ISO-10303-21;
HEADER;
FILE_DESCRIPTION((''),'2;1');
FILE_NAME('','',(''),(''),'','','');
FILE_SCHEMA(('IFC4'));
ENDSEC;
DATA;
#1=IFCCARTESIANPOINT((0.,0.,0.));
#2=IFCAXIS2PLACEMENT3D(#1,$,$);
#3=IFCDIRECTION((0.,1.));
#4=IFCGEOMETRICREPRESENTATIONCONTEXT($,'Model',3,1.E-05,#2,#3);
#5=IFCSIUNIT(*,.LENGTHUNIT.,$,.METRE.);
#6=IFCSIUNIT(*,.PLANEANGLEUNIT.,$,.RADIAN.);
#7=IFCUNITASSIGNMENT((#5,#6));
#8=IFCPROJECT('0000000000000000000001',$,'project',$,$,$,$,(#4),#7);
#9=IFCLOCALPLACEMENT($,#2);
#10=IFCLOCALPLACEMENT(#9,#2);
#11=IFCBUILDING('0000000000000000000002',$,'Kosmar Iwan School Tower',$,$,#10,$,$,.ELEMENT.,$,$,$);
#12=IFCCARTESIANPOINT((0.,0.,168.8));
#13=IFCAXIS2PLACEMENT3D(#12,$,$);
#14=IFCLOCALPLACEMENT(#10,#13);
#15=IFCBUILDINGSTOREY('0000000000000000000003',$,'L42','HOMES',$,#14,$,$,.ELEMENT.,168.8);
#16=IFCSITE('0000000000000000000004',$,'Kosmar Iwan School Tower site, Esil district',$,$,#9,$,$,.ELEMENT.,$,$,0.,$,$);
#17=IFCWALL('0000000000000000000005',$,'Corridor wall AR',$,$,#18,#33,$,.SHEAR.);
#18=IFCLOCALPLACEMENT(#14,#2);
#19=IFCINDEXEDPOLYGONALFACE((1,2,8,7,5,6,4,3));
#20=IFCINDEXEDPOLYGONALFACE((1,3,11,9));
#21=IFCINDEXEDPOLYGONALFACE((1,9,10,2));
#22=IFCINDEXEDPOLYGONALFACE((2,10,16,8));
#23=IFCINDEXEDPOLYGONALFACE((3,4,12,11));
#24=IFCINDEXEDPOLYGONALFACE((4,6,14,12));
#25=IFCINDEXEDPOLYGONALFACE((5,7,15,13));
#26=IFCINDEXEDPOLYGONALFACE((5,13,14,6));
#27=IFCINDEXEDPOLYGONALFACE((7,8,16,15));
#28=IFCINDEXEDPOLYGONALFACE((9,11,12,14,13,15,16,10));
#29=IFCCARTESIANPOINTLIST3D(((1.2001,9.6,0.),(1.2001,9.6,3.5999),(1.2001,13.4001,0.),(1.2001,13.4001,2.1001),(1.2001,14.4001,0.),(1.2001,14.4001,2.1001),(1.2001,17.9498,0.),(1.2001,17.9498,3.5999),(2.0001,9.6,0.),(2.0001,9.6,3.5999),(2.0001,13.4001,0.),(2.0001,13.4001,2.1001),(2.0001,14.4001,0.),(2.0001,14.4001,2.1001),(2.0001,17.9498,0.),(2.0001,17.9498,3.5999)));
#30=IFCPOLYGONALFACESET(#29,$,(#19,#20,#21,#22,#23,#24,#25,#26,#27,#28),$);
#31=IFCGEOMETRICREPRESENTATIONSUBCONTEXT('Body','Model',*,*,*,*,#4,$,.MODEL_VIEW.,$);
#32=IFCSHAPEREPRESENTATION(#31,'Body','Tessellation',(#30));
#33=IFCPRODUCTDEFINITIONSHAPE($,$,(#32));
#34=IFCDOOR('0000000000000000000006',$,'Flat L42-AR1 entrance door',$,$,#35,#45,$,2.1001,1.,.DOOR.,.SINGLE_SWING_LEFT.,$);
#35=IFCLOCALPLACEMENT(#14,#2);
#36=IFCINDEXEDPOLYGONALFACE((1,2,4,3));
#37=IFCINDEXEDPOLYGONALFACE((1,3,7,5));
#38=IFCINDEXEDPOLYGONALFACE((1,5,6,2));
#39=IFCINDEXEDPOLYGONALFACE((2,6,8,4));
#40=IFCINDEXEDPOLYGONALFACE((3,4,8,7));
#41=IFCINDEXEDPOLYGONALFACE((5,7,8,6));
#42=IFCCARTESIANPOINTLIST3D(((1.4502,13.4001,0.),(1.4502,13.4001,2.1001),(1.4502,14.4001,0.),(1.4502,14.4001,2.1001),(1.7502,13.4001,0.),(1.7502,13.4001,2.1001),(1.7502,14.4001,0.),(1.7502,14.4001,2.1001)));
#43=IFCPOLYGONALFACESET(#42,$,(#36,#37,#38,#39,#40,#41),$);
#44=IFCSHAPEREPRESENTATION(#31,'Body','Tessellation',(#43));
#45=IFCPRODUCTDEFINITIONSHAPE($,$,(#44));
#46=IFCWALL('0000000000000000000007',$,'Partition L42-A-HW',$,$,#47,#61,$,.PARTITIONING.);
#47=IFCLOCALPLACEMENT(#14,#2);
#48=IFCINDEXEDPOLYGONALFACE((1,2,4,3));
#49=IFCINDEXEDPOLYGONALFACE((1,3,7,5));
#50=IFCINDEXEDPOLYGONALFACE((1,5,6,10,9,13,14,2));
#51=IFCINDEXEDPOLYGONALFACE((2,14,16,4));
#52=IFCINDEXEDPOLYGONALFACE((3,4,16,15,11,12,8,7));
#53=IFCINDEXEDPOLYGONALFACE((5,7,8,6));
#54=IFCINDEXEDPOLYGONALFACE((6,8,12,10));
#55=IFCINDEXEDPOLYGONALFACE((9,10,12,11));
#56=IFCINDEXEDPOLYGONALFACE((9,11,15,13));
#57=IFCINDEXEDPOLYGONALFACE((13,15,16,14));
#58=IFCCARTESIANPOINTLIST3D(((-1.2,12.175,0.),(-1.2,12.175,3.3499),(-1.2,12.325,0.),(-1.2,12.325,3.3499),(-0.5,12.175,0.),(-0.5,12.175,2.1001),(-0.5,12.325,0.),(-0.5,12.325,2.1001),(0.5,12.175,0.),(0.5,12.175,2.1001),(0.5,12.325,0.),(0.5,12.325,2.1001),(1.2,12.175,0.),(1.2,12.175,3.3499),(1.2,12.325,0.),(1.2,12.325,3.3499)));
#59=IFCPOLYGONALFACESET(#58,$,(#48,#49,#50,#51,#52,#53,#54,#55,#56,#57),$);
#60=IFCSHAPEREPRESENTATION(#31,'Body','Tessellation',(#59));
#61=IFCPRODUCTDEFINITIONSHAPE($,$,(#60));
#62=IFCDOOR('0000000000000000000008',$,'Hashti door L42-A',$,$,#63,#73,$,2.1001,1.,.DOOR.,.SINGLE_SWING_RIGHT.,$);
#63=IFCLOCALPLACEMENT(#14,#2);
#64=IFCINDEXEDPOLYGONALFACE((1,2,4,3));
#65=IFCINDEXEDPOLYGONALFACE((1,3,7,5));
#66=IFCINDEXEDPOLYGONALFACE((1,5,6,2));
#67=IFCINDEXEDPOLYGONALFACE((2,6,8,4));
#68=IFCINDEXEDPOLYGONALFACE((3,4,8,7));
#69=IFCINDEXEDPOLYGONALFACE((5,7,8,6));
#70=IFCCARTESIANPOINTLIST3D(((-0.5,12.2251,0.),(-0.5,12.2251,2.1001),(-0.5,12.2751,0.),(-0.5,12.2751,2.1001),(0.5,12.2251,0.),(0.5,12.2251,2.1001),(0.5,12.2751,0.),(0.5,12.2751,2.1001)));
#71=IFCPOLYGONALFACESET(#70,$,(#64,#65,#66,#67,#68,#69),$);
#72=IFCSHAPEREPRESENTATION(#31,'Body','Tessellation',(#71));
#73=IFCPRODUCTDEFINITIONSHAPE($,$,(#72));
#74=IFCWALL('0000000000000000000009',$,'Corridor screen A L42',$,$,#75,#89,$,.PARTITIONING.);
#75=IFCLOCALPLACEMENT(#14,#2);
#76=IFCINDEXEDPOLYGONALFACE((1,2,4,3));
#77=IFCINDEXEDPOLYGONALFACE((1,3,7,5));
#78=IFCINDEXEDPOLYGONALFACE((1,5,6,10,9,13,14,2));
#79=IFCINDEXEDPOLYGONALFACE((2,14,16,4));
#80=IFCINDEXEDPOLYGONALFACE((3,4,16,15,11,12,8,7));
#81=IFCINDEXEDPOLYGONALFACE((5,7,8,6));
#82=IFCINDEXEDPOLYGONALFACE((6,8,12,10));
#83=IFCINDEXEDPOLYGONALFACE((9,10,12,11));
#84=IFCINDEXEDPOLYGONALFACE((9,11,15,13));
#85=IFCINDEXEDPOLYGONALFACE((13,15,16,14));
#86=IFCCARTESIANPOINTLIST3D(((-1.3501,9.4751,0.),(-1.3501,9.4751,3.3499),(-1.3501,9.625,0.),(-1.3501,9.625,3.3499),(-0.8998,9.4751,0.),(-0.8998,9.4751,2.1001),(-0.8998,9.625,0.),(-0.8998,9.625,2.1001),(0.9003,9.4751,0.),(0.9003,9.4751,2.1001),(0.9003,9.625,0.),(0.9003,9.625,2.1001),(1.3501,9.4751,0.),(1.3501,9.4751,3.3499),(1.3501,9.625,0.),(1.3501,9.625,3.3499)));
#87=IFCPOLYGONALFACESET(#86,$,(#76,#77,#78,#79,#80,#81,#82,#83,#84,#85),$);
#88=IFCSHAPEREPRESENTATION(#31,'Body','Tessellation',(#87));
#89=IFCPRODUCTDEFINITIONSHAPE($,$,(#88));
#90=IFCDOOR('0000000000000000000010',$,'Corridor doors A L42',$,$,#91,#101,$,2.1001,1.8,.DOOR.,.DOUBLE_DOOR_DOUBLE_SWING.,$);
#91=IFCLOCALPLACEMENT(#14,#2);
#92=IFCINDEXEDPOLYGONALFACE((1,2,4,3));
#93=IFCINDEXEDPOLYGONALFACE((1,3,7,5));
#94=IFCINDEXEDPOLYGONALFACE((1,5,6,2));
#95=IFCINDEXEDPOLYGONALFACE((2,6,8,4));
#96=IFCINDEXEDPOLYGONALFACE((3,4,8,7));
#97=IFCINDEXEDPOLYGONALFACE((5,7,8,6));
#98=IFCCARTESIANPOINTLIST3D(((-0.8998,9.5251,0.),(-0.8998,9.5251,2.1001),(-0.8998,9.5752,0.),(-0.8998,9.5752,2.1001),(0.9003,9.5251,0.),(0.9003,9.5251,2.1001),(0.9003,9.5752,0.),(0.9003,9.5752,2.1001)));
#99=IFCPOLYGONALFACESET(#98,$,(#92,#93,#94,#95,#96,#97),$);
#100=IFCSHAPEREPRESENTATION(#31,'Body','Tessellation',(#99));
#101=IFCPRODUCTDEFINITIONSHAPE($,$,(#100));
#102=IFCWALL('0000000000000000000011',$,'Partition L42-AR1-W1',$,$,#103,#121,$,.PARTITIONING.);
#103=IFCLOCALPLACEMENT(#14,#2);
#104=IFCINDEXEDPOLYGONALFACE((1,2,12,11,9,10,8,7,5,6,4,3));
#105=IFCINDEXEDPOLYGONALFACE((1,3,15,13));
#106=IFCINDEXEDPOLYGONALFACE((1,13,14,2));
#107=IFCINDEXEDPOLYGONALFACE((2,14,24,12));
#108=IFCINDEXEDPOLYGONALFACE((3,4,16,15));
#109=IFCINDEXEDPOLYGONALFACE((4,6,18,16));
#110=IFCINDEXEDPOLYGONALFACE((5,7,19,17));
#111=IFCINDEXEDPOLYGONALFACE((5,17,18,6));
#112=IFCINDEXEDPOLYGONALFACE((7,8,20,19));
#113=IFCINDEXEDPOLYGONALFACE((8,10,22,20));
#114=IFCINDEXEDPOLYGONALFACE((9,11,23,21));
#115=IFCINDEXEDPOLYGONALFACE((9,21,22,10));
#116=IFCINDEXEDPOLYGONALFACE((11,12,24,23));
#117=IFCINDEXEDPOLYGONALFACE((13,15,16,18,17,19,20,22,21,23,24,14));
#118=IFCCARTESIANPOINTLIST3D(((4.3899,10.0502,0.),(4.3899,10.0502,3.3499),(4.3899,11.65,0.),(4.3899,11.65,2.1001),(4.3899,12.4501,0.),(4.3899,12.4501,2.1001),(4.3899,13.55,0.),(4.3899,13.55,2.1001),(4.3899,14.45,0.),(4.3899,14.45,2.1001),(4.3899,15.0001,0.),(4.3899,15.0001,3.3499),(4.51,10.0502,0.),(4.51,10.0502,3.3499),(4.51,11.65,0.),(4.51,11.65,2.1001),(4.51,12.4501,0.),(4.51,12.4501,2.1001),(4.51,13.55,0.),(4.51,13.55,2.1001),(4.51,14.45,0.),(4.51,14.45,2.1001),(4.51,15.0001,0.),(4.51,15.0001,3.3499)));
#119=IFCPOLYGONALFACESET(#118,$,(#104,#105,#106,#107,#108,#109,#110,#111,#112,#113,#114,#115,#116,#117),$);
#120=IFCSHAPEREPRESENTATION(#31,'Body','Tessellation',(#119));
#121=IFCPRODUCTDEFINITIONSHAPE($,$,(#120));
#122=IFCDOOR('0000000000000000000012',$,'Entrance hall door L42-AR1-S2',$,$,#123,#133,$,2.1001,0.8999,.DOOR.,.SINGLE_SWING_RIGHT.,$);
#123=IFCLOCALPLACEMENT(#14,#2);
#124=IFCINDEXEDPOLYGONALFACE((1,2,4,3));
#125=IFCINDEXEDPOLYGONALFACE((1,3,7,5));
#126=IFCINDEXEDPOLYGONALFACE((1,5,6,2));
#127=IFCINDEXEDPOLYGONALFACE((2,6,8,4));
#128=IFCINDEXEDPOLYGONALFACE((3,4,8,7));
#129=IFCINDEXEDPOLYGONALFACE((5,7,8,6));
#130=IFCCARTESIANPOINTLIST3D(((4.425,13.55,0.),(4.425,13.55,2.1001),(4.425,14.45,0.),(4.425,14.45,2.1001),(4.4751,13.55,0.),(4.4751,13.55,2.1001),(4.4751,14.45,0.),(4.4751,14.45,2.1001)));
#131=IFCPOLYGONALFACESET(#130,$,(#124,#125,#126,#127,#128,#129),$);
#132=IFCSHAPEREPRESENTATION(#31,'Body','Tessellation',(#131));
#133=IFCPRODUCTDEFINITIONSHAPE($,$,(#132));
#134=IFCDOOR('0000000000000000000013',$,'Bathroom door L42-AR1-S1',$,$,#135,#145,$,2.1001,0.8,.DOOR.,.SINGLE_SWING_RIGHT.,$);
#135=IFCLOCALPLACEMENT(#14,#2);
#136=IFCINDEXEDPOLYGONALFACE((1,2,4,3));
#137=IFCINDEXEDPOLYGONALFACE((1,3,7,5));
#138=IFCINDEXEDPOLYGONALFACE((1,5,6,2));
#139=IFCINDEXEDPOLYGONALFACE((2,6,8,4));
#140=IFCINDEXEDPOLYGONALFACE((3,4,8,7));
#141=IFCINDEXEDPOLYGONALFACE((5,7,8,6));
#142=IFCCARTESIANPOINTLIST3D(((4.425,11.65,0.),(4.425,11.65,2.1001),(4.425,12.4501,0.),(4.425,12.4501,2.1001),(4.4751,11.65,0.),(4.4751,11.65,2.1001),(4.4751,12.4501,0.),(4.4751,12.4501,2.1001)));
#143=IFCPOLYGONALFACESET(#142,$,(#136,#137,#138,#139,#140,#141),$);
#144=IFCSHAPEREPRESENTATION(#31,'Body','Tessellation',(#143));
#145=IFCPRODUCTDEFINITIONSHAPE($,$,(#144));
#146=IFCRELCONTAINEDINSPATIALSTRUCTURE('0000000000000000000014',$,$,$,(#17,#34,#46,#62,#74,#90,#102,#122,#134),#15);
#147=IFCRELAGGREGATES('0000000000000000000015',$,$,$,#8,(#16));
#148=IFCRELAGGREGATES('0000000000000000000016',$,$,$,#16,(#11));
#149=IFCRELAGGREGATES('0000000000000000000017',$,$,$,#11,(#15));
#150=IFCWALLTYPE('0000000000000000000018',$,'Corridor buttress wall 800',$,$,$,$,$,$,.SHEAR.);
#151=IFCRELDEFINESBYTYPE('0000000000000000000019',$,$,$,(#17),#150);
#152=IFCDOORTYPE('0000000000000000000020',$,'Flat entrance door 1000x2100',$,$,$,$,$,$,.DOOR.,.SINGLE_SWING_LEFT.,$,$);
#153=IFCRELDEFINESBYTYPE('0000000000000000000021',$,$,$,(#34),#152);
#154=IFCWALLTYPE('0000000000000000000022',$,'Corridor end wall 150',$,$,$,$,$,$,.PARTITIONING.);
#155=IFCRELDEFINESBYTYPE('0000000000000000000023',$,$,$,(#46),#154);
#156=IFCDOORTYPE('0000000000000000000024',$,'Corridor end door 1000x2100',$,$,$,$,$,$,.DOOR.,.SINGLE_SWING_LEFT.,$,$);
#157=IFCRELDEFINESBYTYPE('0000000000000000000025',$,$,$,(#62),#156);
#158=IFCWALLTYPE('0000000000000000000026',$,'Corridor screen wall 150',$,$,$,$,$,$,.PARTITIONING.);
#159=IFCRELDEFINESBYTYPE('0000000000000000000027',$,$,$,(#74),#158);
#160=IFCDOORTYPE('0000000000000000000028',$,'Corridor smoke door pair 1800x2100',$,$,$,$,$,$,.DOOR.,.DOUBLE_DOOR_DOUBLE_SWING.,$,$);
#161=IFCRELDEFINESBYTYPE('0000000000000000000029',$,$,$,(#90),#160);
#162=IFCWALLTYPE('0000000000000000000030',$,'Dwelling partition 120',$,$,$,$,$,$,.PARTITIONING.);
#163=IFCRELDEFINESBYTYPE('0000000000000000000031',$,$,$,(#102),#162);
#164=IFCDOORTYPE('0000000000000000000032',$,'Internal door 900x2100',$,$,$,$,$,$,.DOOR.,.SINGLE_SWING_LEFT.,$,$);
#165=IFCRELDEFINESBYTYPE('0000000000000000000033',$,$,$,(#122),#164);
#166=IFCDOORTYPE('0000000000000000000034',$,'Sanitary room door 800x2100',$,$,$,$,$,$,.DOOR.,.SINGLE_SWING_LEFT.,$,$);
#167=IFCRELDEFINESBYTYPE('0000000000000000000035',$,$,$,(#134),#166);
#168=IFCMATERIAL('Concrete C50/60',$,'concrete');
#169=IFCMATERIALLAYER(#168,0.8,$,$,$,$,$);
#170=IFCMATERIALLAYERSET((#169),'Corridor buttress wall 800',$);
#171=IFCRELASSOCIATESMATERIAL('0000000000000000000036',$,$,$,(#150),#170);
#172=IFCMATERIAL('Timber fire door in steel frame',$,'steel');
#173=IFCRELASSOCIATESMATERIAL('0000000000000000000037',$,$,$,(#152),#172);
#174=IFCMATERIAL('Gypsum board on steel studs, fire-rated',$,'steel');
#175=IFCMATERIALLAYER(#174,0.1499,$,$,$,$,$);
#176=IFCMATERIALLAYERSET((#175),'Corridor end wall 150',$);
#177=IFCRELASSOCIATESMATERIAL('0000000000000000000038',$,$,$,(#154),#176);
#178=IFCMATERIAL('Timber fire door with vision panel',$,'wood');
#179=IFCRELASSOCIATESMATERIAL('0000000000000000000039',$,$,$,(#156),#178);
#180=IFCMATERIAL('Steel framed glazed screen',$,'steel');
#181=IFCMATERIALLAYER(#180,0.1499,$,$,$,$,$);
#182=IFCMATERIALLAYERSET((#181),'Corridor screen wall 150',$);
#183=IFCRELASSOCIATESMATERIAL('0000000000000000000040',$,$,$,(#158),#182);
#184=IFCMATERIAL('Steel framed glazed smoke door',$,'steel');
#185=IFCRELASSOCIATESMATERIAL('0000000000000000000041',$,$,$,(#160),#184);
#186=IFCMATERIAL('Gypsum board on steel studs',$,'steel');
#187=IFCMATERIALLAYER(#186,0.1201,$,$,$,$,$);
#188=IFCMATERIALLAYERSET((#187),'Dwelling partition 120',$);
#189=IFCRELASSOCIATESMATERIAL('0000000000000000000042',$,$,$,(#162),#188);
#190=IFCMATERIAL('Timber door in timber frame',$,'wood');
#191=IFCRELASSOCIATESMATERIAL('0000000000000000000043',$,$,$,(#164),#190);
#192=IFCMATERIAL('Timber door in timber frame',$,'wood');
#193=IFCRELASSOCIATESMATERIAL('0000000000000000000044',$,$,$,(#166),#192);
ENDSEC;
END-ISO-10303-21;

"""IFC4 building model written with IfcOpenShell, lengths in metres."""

from ifc_helpers import new_model, si_unit, direction, frame, frame_2d, origin, place, context, subcontext, project, spatial, rectangle, extrude, material, layer, layer_set, type_object, element, fill, save


model = new_model("IFC4")

# Units and contexts
model_context = context("Model", 3, precision=1e-05, world=origin(), true_north=direction((0.0, 1.0)))
body_context = subcontext(model_context, "Body", "Model", "MODEL_VIEW")
ifc_project = project(units=[si_unit("LENGTHUNIT", "METRE"), si_unit("PLANEANGLEUNIT", "RADIAN")], contexts=[model_context])

# Site, building, storey
site_placement = place(None, origin())
site = spatial("IfcSite", under=ifc_project, at=site_placement, Name="Kosmar Iwan School Tower site, Esil district", CompositionType="ELEMENT", RefElevation=0.0)
building_placement = place(site_placement, origin())
building = spatial("IfcBuilding", under=site, at=building_placement, Name="Kosmar Iwan School Tower", CompositionType="ELEMENT")
storey_placement = place(building_placement, frame((0.0, 0.0, 168.8)))
storey = spatial("IfcBuildingStorey", under=building, at=storey_placement, Name="L42", Description="HOMES", CompositionType="ELEMENT", Elevation=168.8)

# Walls, openings, doors
ifc_material_1 = material(Name="Concrete C50/60", Category="concrete")
ifc_layer_1 = layer(ifc_material_1, 0.8)
ifc_layer_set_1 = layer_set([ifc_layer_1], Name="Corridor buttress wall 800")
wall_type_1 = type_object("IfcWallType", Name="Corridor buttress wall 800", PredefinedType="SHEAR", material=ifc_layer_set_1)
wall_1_placement = place(storey_placement, frame((1.6001, 9.6001, 0.0), z_axis=(0.0, 0.0, 1.0), x_axis=(0.0, 1.0, 0.0)))
wall_1 = element("IfcWall", 1, at=wall_1_placement, inside=storey, type_object=wall_type_1, Name="Corridor wall AR", PredefinedType="SHEAR", context=body_context, shape_type="SweptSolid", body=[
    extrude(rectangle(XDim=8.3499, YDim=0.8, at=frame_2d((4.1748, 0.0))), origin(), (0.0, 0.0, 1.0), 3.5999),
])
opening_1_placement = place(wall_1_placement, frame((3.8, 0.0, 0.0)))
opening_1 = element("IfcOpeningElement", 2, at=opening_1_placement, cuts=wall_1, PredefinedType="OPENING", context=body_context, shape_type="SweptSolid", body=[
    extrude(rectangle(XDim=1.0, YDim=2.1001, at=frame_2d((0.5, 1.05))), frame((0.0, 0.4121, 0.0), z_axis=(0.0, -1.0, 0.0), x_axis=(1.0, 0.0, 0.0)), (0.0, 0.0, 1.0), 0.824),
])
ifc_material_2 = material(Name="Timber fire door in steel frame", Category="steel")
door_type_1 = type_object("IfcDoorType", Name="Flat entrance door 1000x2100", OperationType="SINGLE_SWING_LEFT", PredefinedType="DOOR", material=ifc_material_2)
door_1_placement = place(opening_1_placement, origin())
door_1 = element("IfcDoor", 3, at=door_1_placement, inside=storey, type_object=door_type_1, Name="Flat L42-AR1 entrance door", OperationType="SINGLE_SWING_LEFT", OverallHeight=2.1001, OverallWidth=1.0, PredefinedType="DOOR", context=body_context, shape_type="SweptSolid", body=[
    extrude(rectangle(XDim=1.0, YDim=2.1001, at=frame_2d((0.5, 1.05))), frame((0.0, 0.1499, 0.0), z_axis=(0.0, -1.0, 0.0), x_axis=(1.0, 0.0, 0.0)), (0.0, 0.0, 1.0), 0.3),
])
fill(opening_1, door_1)
ifc_material_3 = material(Name="Gypsum board on steel studs, fire-rated", Category="steel")
ifc_layer_2 = layer(ifc_material_3, 0.1499)
ifc_layer_set_2 = layer_set([ifc_layer_2], Name="Corridor end wall 150")
wall_type_2 = type_object("IfcWallType", Name="Corridor end wall 150", PredefinedType="PARTITIONING", material=ifc_layer_set_2)
wall_2_placement = place(storey_placement, frame((1.2, 12.25, 0.0), z_axis=(0.0, 0.0, 1.0), x_axis=(-1.0, 0.0, 0.0)))
wall_2 = element("IfcWall", 4, at=wall_2_placement, inside=storey, type_object=wall_type_2, Name="Partition L42-A-HW", PredefinedType="PARTITIONING", context=body_context, shape_type="SweptSolid", body=[
    extrude(rectangle(XDim=2.3999, YDim=0.1499, at=frame_2d((1.2, 0.0))), origin(), (0.0, 0.0, 1.0), 3.3499),
])
opening_2_placement = place(wall_2_placement, frame((0.7, 0.0, 0.0)))
opening_2 = element("IfcOpeningElement", 5, at=opening_2_placement, cuts=wall_2, PredefinedType="OPENING", context=body_context, shape_type="SweptSolid", body=[
    extrude(rectangle(XDim=1.0, YDim=2.1001, at=frame_2d((0.5, 1.05))), frame((0.0, 0.0869, 0.0), z_axis=(0.0, -1.0, 0.0), x_axis=(1.0, 0.0, 0.0)), (0.0, 0.0, 1.0), 0.1738),
])
ifc_material_4 = material(Name="Timber fire door with vision panel", Category="wood")
door_type_2 = type_object("IfcDoorType", Name="Corridor end door 1000x2100", OperationType="SINGLE_SWING_LEFT", PredefinedType="DOOR", material=ifc_material_4)
door_2_placement = place(opening_2_placement, origin())
door_2 = element("IfcDoor", 6, at=door_2_placement, inside=storey, type_object=door_type_2, Name="Hashti door L42-A", OperationType="SINGLE_SWING_RIGHT", OverallHeight=2.1001, OverallWidth=1.0, PredefinedType="DOOR", context=body_context, shape_type="SweptSolid", body=[
    extrude(rectangle(XDim=1.0, YDim=2.1001, at=frame_2d((0.5, 1.05))), frame((0.0, 0.0249, 0.0), z_axis=(0.0, -1.0, 0.0), x_axis=(1.0, 0.0, 0.0)), (0.0, 0.0, 1.0), 0.05),
])
fill(opening_2, door_2)
ifc_material_5 = material(Name="Steel framed glazed screen", Category="steel")
ifc_layer_3 = layer(ifc_material_5, 0.1499)
ifc_layer_set_3 = layer_set([ifc_layer_3], Name="Corridor screen wall 150")
wall_type_3 = type_object("IfcWallType", Name="Corridor screen wall 150", PredefinedType="PARTITIONING", material=ifc_layer_set_3)
wall_3_placement = place(storey_placement, frame((1.3501, 9.55, 0.0), z_axis=(0.0, 0.0, 1.0), x_axis=(-1.0, 0.0, 0.0)))
wall_3 = element("IfcWall", 7, at=wall_3_placement, inside=storey, type_object=wall_type_3, Name="Corridor screen A L42", PredefinedType="PARTITIONING", context=body_context, shape_type="SweptSolid", body=[
    extrude(rectangle(XDim=2.7002, YDim=0.1499, at=frame_2d((1.3501, 0.0))), origin(), (0.0, 0.0, 1.0), 3.3499),
])
opening_3_placement = place(wall_3_placement, frame((0.45, 0.0, 0.0)))
opening_3 = element("IfcOpeningElement", 8, at=opening_3_placement, cuts=wall_3, PredefinedType="OPENING", context=body_context, shape_type="SweptSolid", body=[
    extrude(rectangle(XDim=1.8, YDim=2.1001, at=frame_2d((0.8999, 1.05))), frame((0.0, 0.0869, 0.0), z_axis=(0.0, -1.0, 0.0), x_axis=(1.0, 0.0, 0.0)), (0.0, 0.0, 1.0), 0.1738),
])
ifc_material_6 = material(Name="Steel framed glazed smoke door", Category="steel")
door_type_3 = type_object("IfcDoorType", Name="Corridor smoke door pair 1800x2100", OperationType="DOUBLE_DOOR_DOUBLE_SWING", PredefinedType="DOOR", material=ifc_material_6)
door_3_placement = place(opening_3_placement, origin())
door_3 = element("IfcDoor", 9, at=door_3_placement, inside=storey, type_object=door_type_3, Name="Corridor doors A L42", OperationType="DOUBLE_DOOR_DOUBLE_SWING", OverallHeight=2.1001, OverallWidth=1.8, PredefinedType="DOOR", context=body_context, shape_type="SweptSolid", body=[
    extrude(rectangle(XDim=1.8, YDim=2.1001, at=frame_2d((0.8999, 1.05))), frame((0.0, 0.0249, 0.0), z_axis=(0.0, -1.0, 0.0), x_axis=(1.0, 0.0, 0.0)), (0.0, 0.0, 1.0), 0.05),
])
fill(opening_3, door_3)

# Wall, openings, doors
ifc_material_7 = material(Name="Gypsum board on steel studs", Category="steel")
ifc_layer_4 = layer(ifc_material_7, 0.1201)
ifc_layer_set_4 = layer_set([ifc_layer_4], Name="Dwelling partition 120")
wall_type_4 = type_object("IfcWallType", Name="Dwelling partition 120", PredefinedType="PARTITIONING", material=ifc_layer_set_4)
wall_4_placement = place(storey_placement, frame((4.45, 10.05, 0.0), z_axis=(0.0, 0.0, 1.0), x_axis=(0.0, 1.0, 0.0)))
wall_4 = element("IfcWall", 10, at=wall_4_placement, inside=storey, type_object=wall_type_4, Name="Partition L42-AR1-W1", PredefinedType="PARTITIONING", context=body_context, shape_type="SweptSolid", body=[
    extrude(rectangle(XDim=4.95, YDim=0.1201, at=frame_2d((2.4751, 0.0))), origin(), (0.0, 0.0, 1.0), 3.3499),
])
opening_4_placement = place(wall_4_placement, frame((1.6001, 0.0, 0.0)))
opening_4 = element("IfcOpeningElement", 11, at=opening_4_placement, cuts=wall_4, PredefinedType="OPENING", context=body_context, shape_type="SweptSolid", body=[
    extrude(rectangle(XDim=0.8, YDim=2.1001, at=frame_2d((0.3999, 1.05))), frame((0.0, 0.072, 0.0), z_axis=(0.0, -1.0, 0.0), x_axis=(1.0, 0.0, 0.0)), (0.0, 0.0, 1.0), 0.144),
])
opening_5_placement = place(wall_4_placement, frame((3.5, 0.0, 0.0)))
opening_5 = element("IfcOpeningElement", 12, at=opening_5_placement, cuts=wall_4, PredefinedType="OPENING", context=body_context, shape_type="SweptSolid", body=[
    extrude(rectangle(XDim=0.8999, YDim=2.1001, at=frame_2d((0.45, 1.05))), frame((0.0, 0.072, 0.0), z_axis=(0.0, -1.0, 0.0), x_axis=(1.0, 0.0, 0.0)), (0.0, 0.0, 1.0), 0.144),
])
ifc_material_8 = material(Name="Timber door in timber frame", Category="wood")
door_type_4 = type_object("IfcDoorType", Name="Internal door 900x2100", OperationType="SINGLE_SWING_LEFT", PredefinedType="DOOR", material=ifc_material_8)
door_4_placement = place(opening_5_placement, origin())
door_4 = element("IfcDoor", 13, at=door_4_placement, inside=storey, type_object=door_type_4, Name="Entrance hall door L42-AR1-S2", OperationType="SINGLE_SWING_RIGHT", OverallHeight=2.1001, OverallWidth=0.8999, PredefinedType="DOOR", context=body_context, shape_type="SweptSolid", body=[
    extrude(rectangle(XDim=0.8999, YDim=2.1001, at=frame_2d((0.45, 1.05))), frame((0.0, 0.0249, 0.0), z_axis=(0.0, -1.0, 0.0), x_axis=(1.0, 0.0, 0.0)), (0.0, 0.0, 1.0), 0.05),
])
fill(opening_5, door_4)
ifc_material_9 = material(Name="Timber door in timber frame", Category="wood")
door_type_5 = type_object("IfcDoorType", Name="Sanitary room door 800x2100", OperationType="SINGLE_SWING_LEFT", PredefinedType="DOOR", material=ifc_material_9)
door_5_placement = place(opening_4_placement, origin())
door_5 = element("IfcDoor", 14, at=door_5_placement, inside=storey, type_object=door_type_5, Name="Bathroom door L42-AR1-S1", OperationType="SINGLE_SWING_RIGHT", OverallHeight=2.1001, OverallWidth=0.8, PredefinedType="DOOR", context=body_context, shape_type="SweptSolid", body=[
    extrude(rectangle(XDim=0.8, YDim=2.1001, at=frame_2d((0.3999, 1.05))), frame((0.0, 0.0249, 0.0), z_axis=(0.0, -1.0, 0.0), x_axis=(1.0, 0.0, 0.0)), (0.0, 0.0, 1.0), 0.05),
])
fill(opening_4, door_5)

save(model, "model.ifc")
